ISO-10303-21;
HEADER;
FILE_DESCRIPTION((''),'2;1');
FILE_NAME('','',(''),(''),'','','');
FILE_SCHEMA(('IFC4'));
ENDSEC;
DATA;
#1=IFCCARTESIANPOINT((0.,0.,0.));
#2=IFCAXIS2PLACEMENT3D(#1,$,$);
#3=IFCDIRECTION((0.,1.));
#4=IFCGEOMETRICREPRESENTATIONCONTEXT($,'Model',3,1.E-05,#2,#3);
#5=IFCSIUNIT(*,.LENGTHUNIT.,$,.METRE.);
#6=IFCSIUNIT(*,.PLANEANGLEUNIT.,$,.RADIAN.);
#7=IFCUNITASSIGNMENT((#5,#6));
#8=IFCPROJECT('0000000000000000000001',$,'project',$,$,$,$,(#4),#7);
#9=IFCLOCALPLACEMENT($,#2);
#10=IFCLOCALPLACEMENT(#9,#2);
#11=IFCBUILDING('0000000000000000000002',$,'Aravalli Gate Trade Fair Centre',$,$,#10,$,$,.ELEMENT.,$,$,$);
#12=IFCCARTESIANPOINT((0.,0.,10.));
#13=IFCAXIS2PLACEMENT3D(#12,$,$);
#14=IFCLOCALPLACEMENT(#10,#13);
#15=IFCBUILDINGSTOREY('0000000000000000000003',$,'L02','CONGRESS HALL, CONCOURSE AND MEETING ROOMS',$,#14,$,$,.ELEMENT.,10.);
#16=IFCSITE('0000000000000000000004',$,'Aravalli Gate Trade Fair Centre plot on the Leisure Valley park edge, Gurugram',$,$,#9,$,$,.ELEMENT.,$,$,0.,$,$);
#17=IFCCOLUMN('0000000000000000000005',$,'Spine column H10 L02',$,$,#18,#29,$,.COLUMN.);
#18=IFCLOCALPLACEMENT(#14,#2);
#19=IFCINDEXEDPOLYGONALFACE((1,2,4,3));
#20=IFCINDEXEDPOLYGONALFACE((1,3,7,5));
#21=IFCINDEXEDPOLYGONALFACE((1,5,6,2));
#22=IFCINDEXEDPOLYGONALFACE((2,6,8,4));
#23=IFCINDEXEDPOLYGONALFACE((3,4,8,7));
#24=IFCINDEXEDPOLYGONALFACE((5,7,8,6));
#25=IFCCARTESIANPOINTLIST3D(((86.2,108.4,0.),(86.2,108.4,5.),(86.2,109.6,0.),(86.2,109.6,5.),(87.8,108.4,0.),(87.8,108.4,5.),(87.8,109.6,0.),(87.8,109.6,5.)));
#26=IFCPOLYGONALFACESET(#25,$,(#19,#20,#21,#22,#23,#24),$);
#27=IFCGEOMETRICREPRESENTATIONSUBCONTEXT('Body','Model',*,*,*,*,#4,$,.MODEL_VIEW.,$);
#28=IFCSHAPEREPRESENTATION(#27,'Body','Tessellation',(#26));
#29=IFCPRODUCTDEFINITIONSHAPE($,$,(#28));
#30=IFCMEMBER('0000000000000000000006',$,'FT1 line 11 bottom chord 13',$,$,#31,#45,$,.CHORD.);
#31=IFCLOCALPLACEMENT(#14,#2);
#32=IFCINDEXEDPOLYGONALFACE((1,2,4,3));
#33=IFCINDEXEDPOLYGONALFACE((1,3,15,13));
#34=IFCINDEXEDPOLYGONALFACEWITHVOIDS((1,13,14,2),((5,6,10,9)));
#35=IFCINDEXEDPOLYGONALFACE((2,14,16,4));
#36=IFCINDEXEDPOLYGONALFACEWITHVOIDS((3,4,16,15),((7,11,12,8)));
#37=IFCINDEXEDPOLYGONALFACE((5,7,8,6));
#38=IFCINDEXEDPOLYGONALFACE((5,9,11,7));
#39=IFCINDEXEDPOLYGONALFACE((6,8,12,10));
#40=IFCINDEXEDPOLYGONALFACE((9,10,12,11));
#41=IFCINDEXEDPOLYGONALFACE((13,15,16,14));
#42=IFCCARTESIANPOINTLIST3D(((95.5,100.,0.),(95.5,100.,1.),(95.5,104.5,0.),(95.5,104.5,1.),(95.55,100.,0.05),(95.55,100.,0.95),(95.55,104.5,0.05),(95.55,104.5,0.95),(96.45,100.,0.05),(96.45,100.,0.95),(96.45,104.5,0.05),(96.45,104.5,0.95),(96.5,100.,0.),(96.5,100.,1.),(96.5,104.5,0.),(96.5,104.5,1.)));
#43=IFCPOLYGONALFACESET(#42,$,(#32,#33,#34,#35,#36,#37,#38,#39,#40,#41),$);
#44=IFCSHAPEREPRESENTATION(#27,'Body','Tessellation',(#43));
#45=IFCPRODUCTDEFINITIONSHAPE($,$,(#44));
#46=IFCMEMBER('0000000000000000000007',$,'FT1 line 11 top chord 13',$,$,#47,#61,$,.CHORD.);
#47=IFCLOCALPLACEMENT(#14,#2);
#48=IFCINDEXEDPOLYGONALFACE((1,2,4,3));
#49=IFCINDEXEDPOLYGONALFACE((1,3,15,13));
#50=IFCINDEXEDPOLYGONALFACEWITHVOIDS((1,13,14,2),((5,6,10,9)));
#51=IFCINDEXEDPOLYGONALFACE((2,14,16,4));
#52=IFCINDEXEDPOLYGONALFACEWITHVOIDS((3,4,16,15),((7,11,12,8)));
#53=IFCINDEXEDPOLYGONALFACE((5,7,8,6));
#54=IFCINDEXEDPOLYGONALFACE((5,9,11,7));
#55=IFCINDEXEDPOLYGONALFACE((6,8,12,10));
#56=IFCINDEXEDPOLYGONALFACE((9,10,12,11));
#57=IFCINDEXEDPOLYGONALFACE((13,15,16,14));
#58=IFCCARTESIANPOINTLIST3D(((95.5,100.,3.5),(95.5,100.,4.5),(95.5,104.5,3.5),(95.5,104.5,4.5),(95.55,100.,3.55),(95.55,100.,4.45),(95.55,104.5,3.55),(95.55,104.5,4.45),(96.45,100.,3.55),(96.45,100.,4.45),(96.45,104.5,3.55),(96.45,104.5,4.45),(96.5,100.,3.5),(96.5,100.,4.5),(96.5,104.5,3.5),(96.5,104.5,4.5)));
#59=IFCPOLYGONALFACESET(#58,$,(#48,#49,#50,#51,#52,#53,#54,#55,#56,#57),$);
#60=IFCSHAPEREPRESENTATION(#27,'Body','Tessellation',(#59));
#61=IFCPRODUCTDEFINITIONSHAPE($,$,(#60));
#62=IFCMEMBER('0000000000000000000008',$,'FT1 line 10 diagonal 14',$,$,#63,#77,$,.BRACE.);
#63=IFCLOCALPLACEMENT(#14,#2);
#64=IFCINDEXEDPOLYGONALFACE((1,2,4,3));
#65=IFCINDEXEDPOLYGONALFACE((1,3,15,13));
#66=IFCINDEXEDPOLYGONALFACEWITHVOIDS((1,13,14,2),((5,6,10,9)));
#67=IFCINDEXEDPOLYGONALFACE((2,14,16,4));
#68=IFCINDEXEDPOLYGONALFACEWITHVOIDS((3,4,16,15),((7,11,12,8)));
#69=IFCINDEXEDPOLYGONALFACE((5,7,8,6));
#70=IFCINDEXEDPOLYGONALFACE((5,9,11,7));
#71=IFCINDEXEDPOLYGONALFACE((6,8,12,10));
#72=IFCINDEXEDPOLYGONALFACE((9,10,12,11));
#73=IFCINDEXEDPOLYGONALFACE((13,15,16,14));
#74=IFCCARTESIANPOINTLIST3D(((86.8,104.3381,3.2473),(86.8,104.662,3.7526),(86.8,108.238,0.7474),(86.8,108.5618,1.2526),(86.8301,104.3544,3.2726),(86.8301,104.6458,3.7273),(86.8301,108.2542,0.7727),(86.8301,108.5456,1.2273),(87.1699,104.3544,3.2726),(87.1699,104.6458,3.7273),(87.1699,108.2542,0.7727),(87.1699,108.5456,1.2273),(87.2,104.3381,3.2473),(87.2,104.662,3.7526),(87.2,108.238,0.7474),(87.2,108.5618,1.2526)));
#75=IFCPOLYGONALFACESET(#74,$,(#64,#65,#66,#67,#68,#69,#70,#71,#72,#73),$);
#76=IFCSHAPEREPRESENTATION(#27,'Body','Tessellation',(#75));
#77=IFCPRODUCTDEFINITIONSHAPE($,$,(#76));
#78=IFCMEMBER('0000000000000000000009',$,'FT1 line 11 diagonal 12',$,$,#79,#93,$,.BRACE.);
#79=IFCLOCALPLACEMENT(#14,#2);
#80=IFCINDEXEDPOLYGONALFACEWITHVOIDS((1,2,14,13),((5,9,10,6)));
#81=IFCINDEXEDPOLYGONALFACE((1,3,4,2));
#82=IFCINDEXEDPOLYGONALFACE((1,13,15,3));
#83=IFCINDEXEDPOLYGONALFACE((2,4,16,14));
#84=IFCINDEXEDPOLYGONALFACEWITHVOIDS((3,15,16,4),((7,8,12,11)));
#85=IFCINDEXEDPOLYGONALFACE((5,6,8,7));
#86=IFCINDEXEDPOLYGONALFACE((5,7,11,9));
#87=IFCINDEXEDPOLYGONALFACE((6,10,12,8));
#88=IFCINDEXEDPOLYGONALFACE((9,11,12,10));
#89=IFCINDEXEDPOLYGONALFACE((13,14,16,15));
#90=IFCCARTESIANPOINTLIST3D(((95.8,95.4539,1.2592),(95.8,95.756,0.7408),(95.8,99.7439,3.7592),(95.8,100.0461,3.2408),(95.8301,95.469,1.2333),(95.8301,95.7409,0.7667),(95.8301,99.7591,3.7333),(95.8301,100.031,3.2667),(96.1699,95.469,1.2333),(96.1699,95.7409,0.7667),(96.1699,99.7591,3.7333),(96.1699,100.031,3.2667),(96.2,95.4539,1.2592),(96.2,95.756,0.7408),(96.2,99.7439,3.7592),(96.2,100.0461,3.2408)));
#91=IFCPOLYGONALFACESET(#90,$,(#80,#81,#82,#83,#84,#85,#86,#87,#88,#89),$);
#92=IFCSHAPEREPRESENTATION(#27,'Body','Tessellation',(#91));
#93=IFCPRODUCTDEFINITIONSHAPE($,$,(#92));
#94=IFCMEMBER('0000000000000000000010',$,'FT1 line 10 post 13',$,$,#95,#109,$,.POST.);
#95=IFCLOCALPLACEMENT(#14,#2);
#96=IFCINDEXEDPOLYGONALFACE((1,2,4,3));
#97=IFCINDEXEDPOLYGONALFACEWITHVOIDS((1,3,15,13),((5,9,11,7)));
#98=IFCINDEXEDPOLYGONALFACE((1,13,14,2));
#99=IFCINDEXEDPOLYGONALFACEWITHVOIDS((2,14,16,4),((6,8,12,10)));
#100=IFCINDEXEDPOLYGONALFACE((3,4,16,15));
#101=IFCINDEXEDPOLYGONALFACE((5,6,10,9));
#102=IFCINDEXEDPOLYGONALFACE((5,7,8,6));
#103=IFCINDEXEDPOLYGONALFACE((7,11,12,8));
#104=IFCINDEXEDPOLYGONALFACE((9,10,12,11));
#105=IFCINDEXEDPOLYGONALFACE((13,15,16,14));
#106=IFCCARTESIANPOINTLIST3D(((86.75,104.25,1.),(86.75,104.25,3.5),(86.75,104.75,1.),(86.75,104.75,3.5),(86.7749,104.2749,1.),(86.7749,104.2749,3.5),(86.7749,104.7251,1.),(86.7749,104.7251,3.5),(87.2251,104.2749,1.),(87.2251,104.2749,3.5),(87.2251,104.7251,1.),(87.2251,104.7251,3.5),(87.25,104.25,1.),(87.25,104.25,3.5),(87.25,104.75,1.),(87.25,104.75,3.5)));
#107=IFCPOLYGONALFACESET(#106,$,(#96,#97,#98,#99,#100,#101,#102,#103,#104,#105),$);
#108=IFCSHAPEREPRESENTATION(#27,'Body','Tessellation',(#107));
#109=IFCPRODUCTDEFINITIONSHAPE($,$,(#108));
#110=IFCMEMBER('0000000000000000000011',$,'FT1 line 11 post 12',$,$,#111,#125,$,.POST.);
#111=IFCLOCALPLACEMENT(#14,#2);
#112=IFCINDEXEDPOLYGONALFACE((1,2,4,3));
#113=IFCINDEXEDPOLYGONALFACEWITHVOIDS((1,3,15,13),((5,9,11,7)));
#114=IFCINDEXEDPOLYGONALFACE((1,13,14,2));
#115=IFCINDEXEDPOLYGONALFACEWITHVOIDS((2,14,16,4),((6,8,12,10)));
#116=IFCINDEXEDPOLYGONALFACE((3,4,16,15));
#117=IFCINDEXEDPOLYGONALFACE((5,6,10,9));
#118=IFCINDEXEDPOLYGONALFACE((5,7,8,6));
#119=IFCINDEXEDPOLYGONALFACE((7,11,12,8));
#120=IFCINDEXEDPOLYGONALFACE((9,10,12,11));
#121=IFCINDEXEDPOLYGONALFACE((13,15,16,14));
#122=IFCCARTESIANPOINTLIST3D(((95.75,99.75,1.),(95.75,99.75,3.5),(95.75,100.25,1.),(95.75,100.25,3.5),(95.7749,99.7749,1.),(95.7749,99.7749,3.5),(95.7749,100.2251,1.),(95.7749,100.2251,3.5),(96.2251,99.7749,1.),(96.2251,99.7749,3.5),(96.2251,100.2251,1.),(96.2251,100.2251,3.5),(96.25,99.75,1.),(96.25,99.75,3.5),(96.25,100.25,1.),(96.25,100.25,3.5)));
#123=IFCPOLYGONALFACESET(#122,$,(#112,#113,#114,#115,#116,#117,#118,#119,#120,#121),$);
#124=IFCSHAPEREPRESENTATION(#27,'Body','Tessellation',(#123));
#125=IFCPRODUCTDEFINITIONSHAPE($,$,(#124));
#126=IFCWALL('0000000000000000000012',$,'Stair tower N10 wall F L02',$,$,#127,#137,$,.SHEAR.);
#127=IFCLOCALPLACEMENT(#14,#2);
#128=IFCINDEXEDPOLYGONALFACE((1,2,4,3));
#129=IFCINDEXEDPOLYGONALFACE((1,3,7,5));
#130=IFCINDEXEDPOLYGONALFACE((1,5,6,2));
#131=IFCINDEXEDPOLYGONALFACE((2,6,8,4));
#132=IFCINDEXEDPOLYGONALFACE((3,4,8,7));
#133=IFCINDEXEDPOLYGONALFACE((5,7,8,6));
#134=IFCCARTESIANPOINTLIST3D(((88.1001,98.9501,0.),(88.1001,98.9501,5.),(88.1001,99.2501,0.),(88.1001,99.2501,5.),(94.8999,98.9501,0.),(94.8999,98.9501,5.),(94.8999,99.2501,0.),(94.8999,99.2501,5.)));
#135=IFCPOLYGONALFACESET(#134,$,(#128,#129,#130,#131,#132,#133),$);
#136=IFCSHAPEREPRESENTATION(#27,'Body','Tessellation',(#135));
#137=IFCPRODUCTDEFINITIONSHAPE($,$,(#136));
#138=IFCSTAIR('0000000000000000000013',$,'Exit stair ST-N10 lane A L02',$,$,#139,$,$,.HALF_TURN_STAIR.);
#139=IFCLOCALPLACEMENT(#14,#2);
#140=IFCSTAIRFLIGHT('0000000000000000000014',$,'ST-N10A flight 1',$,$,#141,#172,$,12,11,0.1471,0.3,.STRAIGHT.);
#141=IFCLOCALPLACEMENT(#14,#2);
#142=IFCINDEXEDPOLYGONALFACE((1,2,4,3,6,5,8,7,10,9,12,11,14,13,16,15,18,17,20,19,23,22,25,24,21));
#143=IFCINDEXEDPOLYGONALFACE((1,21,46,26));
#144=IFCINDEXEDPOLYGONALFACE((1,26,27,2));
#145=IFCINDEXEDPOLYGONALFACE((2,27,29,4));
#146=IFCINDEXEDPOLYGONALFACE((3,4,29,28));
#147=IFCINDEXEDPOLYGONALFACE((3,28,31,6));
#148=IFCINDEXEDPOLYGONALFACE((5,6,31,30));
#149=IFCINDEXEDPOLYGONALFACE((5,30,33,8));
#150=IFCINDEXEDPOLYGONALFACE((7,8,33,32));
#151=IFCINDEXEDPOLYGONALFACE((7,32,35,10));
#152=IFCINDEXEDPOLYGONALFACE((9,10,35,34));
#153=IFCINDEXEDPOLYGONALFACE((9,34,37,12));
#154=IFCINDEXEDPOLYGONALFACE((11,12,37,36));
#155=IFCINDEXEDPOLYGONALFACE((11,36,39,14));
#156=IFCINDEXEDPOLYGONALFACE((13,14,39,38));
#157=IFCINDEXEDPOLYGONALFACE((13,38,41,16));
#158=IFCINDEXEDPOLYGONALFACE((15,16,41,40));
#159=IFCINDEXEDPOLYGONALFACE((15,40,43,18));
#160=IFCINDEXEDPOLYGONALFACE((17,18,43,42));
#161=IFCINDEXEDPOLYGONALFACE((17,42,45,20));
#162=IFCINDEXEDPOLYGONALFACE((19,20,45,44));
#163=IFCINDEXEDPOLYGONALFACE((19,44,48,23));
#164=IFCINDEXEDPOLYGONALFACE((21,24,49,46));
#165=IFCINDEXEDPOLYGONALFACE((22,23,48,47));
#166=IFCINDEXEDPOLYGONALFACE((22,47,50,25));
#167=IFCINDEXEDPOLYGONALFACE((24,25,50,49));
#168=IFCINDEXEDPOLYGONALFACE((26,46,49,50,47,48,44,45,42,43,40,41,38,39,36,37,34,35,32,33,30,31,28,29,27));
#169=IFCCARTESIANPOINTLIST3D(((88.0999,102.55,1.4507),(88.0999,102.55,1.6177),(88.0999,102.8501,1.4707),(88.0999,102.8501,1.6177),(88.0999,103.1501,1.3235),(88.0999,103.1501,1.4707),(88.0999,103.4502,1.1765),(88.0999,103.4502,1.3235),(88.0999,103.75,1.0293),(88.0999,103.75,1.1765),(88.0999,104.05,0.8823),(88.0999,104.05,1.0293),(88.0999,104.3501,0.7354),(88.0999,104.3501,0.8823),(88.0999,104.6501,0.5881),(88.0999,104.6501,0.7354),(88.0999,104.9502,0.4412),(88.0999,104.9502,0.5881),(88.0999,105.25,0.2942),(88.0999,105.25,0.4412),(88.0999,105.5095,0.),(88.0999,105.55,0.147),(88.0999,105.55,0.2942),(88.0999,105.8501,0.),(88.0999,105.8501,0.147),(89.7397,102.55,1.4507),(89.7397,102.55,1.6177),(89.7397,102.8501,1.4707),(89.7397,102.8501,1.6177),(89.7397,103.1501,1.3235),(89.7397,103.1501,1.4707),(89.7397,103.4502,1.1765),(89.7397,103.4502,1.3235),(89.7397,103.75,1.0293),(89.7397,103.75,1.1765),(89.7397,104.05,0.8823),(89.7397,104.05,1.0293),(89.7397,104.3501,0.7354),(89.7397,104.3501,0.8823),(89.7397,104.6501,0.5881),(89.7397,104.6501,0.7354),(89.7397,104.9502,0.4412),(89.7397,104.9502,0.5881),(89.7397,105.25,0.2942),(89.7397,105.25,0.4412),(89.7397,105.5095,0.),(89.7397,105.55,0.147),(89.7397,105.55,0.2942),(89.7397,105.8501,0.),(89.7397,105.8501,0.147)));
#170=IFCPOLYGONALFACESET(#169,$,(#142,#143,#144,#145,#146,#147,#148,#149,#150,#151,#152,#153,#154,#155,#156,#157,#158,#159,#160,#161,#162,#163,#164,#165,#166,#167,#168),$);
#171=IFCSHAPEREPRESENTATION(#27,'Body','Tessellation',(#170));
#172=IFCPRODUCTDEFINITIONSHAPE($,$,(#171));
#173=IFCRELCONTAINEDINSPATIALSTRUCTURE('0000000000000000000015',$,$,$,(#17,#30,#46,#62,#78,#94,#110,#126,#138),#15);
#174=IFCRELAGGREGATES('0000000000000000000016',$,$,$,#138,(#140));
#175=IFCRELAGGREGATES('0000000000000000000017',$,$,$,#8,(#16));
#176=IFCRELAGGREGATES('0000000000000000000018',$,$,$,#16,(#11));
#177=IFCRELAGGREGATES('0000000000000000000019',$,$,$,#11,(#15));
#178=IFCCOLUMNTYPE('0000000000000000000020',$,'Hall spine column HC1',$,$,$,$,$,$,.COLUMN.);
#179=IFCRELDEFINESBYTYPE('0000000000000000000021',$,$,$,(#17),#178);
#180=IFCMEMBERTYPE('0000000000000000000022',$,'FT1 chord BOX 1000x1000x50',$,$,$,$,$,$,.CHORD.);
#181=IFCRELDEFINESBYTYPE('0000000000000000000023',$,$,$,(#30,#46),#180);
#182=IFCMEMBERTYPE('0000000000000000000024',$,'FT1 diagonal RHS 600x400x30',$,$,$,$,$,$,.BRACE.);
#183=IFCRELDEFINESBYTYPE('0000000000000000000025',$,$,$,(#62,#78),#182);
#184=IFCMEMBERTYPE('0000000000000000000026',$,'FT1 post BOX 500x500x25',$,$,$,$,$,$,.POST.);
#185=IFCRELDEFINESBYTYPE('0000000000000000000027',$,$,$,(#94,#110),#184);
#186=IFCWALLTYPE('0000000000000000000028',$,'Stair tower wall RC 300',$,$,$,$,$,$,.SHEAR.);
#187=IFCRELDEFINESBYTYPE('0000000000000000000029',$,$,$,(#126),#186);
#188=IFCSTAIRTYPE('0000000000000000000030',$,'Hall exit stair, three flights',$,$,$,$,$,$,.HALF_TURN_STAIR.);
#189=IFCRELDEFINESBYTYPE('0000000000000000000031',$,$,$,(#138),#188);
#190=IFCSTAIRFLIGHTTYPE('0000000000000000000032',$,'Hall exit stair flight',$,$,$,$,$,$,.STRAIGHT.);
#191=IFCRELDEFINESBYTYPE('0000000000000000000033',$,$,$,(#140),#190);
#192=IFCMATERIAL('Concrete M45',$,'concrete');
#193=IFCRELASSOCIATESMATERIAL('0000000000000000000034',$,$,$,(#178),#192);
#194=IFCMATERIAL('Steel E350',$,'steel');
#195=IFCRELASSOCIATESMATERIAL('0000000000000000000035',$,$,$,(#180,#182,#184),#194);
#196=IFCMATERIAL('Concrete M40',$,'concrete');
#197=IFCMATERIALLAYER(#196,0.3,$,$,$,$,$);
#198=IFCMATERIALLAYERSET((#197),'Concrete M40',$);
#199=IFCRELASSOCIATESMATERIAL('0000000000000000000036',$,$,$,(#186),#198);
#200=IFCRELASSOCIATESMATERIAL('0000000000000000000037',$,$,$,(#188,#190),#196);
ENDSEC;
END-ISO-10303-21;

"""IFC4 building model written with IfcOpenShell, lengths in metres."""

from ifc_helpers import new_model, si_unit, direction, frame, frame_2d, origin, origin_2d, place, context, subcontext, project, spatial, polyline, rectangle, hollow_rectangle, outline, extrude, material, layer, layer_set, material_profile, profile_set, type_object, element, aggregate, save


model = new_model("IFC4")

# Units and contexts
model_context = context("Model", 3, precision=1e-05, world=origin(), true_north=direction((0.0, 1.0)))
body_context = subcontext(model_context, "Body", "Model", "MODEL_VIEW")
ifc_project = project(units=[si_unit("LENGTHUNIT", "METRE"), si_unit("PLANEANGLEUNIT", "RADIAN")], contexts=[model_context])

# Site, building, storey
site_placement = place(None, origin())
site = spatial("IfcSite", under=ifc_project, at=site_placement, Name="Aravalli Gate Trade Fair Centre plot on the Leisure Valley park edge, Gurugram", CompositionType="ELEMENT", RefElevation=0.0)
building_placement = place(site_placement, origin())
building = spatial("IfcBuilding", under=site, at=building_placement, Name="Aravalli Gate Trade Fair Centre", CompositionType="ELEMENT")
storey_placement = place(building_placement, frame((0.0, 0.0, 10.0)))
storey = spatial("IfcBuildingStorey", under=building, at=storey_placement, Name="L02", Description="CONGRESS HALL, CONCOURSE AND MEETING ROOMS", CompositionType="ELEMENT", Elevation=10.0)

# Column
ifc_material_1 = material(Name="Concrete M45", Category="concrete")
ifc_material_profile_1 = material_profile(ifc_material_1, rectangle(XDim=1.6001, YDim=1.2, at=origin_2d()), Name="RC 1600x1200")
ifc_profile_set_1 = profile_set([ifc_material_profile_1], Name="Concrete M45")
column_type = type_object("IfcColumnType", Name="Hall spine column HC1", PredefinedType="COLUMN", material=ifc_profile_set_1)
column_placement = place(storey_placement, frame((87.0, 109.0, 0.0), z_axis=(0.0, 0.0, 1.0), x_axis=(1.0, 0.0, 0.0)))
element("IfcColumn", 1, at=column_placement, inside=storey, type_object=column_type, Name="Spine column H10 L02", PredefinedType="COLUMN", context=body_context, shape_type="SweptSolid", body=[
    extrude(rectangle(XDim=1.6001, YDim=1.2, at=origin_2d()), origin(), (0.0, 0.0, 1.0), 5.0),
])

# Members
ifc_material_2 = material(Name="Steel E350", Category="steel")
ifc_material_profile_2 = material_profile(ifc_material_2, hollow_rectangle(XDim=1.0, YDim=1.0, WallThickness=0.05, at=origin_2d()), Name="BOX 1000x1000x50")
ifc_profile_set_2 = profile_set([ifc_material_profile_2], Name="Steel E350")
member_type_1 = type_object("IfcMemberType", Name="FT1 chord BOX 1000x1000x50", PredefinedType="CHORD", material=ifc_profile_set_2)
for number, where, z_axis, x_axis, name in (
    (2, (96.0, 100.0, 0.5), (0.0, 1.0, 0.0), (-1.0, 0.0, 0.0), "FT1 line 11 bottom chord 13"),
    (3, (96.0, 100.0, 4.0), (0.0, 1.0, 0.0), (-1.0, 0.0, 0.0), "FT1 line 11 top chord 13"),
):
    element("IfcMember", number, at=place(storey_placement, frame(where, z_axis=z_axis, x_axis=x_axis)), inside=storey, type_object=member_type_1, Name=name, PredefinedType="CHORD", context=body_context, shape_type="SweptSolid", body=[
        extrude(hollow_rectangle(XDim=1.0, YDim=1.0, WallThickness=0.05, at=origin_2d()), origin(), (0.0, 0.0, 1.0), 4.5),
    ])
ifc_material_profile_3 = material_profile(ifc_material_2, hollow_rectangle(XDim=0.3999, YDim=0.6001, WallThickness=0.03, at=origin_2d()), Name="RHS 600x400x30")
ifc_profile_set_3 = profile_set([ifc_material_profile_3], Name="Steel E350")
member_type_2 = type_object("IfcMemberType", Name="FT1 diagonal RHS 600x400x30", PredefinedType="BRACE", material=ifc_profile_set_3)
member_1_placement = place(storey_placement, frame((87.0, 108.3999, 1.0), z_axis=(0.0, -0.841873, 0.539676), x_axis=(1.0, 0.0, 0.0)))
element("IfcMember", 4, at=member_1_placement, inside=storey, type_object=member_type_2, Name="FT1 line 10 diagonal 14", PredefinedType="BRACE", context=body_context, shape_type="SweptSolid", body=[
    extrude(hollow_rectangle(XDim=0.3999, YDim=0.6001, WallThickness=0.03, at=origin_2d()), origin(), (0.0, 0.0, 1.0), 4.6323),
])
member_2_placement = place(storey_placement, frame((96.0, 99.895, 3.5), z_axis=(0.0, -0.864, -0.503492), x_axis=(1.0, 0.0, 0.0)))
element("IfcMember", 5, at=member_2_placement, inside=storey, type_object=member_type_2, Name="FT1 line 11 diagonal 12", PredefinedType="BRACE", context=body_context, shape_type="SweptSolid", body=[
    extrude(hollow_rectangle(XDim=0.3999, YDim=0.6001, WallThickness=0.03, at=origin_2d()), origin(), (0.0, 0.0, 1.0), 4.9653),
])
ifc_material_profile_4 = material_profile(ifc_material_2, hollow_rectangle(XDim=0.5, YDim=0.5, WallThickness=0.0249, at=origin_2d()), Name="BOX 500x500x25")
ifc_profile_set_4 = profile_set([ifc_material_profile_4], Name="Steel E350")
member_type_3 = type_object("IfcMemberType", Name="FT1 post BOX 500x500x25", PredefinedType="POST", material=ifc_profile_set_4)
for number, where, z_axis, x_axis, name in (
    (6, (87.0, 104.5, 1.0), (0.0, 0.0, 1.0), (1.0, 0.0, 0.0), "FT1 line 10 post 13"),
    (7, (96.0, 100.0, 1.0), (0.0, 0.0, 1.0), (1.0, 0.0, 0.0), "FT1 line 11 post 12"),
):
    element("IfcMember", number, at=place(storey_placement, frame(where, z_axis=z_axis, x_axis=x_axis)), inside=storey, type_object=member_type_3, Name=name, PredefinedType="POST", context=body_context, shape_type="SweptSolid", body=[
        extrude(hollow_rectangle(XDim=0.5, YDim=0.5, WallThickness=0.0249, at=origin_2d()), origin(), (0.0, 0.0, 1.0), 2.5),
    ])

# Wall
ifc_material_3 = material(Name="Concrete M40", Category="concrete")
ifc_layer_1 = layer(ifc_material_3, 0.3)
ifc_layer_set_1 = layer_set([ifc_layer_1], Name="Concrete M40")
wall_type = type_object("IfcWallType", Name="Stair tower wall RC 300", PredefinedType="SHEAR", material=ifc_layer_set_1)
wall_placement = place(storey_placement, frame((88.1001, 99.1001, 0.0), z_axis=(0.0, 0.0, 1.0), x_axis=(1.0, 0.0, 0.0)))
element("IfcWall", 8, at=wall_placement, inside=storey, type_object=wall_type, Name="Stair tower N10 wall F L02", PredefinedType="SHEAR", context=body_context, shape_type="SweptSolid", body=[
    extrude(rectangle(XDim=6.7998, YDim=0.3, at=frame_2d((3.3999, 0.0))), origin(), (0.0, 0.0, 1.0), 5.0),
])

# Stair, stair flight
stair_type = type_object("IfcStairType", Name="Hall exit stair, three flights", PredefinedType="HALF_TURN_STAIR", material=ifc_material_3)
stair_1_placement = place(storey_placement, origin())
stair_1 = element("IfcStair", 9, at=stair_1_placement, inside=storey, type_object=stair_type, Name="Exit stair ST-N10 lane A L02", PredefinedType="HALF_TURN_STAIR")
stair_flight_type = type_object("IfcStairFlightType", Name="Hall exit stair flight", PredefinedType="STRAIGHT", material=ifc_material_3)
stair_flight_1_placement = place(storey_placement, frame((88.9199, 105.8501, 0.0), z_axis=(0.0, 0.0, 1.0), x_axis=(0.0, -1.0, 0.0)))
stair_flight_1 = element("IfcStairFlight", 10, at=stair_flight_1_placement, type_object=stair_flight_type, Name="ST-N10A flight 1", NumberOfRisers=12, NumberOfTreads=11, PredefinedType="STRAIGHT", RiserHeight=0.1471, TreadLength=0.3, context=body_context, shape_type="SweptSolid", body=[
    extrude(outline(polyline([(0.0, 0.0), (0.0, 0.147), (0.3, 0.147), (0.3, 0.2942), (0.6001, 0.2942), (0.6001, 0.4412), (0.8999, 0.4412), (0.8999, 0.5881), (1.2, 0.5881), (1.2, 0.7354), (1.5, 0.7354), (1.5, 0.8823), (1.8, 0.8823), (1.8, 1.0293), (2.1001, 1.0293), (2.1001, 1.1765), (2.3999, 1.1765), (2.3999, 1.3235), (2.7, 1.3235), (2.7, 1.4707), (3.0, 1.4707), (3.0, 1.6177), (3.3, 1.6177), (3.3, 1.7646), (3.3, 1.4507), (0.3406, 0.0), (0.0, 0.0)])), frame((0.0, 0.8198, 0.0), z_axis=(0.0, -1.0, 0.0), x_axis=(1.0, 0.0, 0.0)), (0.0, 0.0, 1.0), 1.6399),
])
aggregate(stair_1, [stair_flight_1])

save(model, "model.ifc")
